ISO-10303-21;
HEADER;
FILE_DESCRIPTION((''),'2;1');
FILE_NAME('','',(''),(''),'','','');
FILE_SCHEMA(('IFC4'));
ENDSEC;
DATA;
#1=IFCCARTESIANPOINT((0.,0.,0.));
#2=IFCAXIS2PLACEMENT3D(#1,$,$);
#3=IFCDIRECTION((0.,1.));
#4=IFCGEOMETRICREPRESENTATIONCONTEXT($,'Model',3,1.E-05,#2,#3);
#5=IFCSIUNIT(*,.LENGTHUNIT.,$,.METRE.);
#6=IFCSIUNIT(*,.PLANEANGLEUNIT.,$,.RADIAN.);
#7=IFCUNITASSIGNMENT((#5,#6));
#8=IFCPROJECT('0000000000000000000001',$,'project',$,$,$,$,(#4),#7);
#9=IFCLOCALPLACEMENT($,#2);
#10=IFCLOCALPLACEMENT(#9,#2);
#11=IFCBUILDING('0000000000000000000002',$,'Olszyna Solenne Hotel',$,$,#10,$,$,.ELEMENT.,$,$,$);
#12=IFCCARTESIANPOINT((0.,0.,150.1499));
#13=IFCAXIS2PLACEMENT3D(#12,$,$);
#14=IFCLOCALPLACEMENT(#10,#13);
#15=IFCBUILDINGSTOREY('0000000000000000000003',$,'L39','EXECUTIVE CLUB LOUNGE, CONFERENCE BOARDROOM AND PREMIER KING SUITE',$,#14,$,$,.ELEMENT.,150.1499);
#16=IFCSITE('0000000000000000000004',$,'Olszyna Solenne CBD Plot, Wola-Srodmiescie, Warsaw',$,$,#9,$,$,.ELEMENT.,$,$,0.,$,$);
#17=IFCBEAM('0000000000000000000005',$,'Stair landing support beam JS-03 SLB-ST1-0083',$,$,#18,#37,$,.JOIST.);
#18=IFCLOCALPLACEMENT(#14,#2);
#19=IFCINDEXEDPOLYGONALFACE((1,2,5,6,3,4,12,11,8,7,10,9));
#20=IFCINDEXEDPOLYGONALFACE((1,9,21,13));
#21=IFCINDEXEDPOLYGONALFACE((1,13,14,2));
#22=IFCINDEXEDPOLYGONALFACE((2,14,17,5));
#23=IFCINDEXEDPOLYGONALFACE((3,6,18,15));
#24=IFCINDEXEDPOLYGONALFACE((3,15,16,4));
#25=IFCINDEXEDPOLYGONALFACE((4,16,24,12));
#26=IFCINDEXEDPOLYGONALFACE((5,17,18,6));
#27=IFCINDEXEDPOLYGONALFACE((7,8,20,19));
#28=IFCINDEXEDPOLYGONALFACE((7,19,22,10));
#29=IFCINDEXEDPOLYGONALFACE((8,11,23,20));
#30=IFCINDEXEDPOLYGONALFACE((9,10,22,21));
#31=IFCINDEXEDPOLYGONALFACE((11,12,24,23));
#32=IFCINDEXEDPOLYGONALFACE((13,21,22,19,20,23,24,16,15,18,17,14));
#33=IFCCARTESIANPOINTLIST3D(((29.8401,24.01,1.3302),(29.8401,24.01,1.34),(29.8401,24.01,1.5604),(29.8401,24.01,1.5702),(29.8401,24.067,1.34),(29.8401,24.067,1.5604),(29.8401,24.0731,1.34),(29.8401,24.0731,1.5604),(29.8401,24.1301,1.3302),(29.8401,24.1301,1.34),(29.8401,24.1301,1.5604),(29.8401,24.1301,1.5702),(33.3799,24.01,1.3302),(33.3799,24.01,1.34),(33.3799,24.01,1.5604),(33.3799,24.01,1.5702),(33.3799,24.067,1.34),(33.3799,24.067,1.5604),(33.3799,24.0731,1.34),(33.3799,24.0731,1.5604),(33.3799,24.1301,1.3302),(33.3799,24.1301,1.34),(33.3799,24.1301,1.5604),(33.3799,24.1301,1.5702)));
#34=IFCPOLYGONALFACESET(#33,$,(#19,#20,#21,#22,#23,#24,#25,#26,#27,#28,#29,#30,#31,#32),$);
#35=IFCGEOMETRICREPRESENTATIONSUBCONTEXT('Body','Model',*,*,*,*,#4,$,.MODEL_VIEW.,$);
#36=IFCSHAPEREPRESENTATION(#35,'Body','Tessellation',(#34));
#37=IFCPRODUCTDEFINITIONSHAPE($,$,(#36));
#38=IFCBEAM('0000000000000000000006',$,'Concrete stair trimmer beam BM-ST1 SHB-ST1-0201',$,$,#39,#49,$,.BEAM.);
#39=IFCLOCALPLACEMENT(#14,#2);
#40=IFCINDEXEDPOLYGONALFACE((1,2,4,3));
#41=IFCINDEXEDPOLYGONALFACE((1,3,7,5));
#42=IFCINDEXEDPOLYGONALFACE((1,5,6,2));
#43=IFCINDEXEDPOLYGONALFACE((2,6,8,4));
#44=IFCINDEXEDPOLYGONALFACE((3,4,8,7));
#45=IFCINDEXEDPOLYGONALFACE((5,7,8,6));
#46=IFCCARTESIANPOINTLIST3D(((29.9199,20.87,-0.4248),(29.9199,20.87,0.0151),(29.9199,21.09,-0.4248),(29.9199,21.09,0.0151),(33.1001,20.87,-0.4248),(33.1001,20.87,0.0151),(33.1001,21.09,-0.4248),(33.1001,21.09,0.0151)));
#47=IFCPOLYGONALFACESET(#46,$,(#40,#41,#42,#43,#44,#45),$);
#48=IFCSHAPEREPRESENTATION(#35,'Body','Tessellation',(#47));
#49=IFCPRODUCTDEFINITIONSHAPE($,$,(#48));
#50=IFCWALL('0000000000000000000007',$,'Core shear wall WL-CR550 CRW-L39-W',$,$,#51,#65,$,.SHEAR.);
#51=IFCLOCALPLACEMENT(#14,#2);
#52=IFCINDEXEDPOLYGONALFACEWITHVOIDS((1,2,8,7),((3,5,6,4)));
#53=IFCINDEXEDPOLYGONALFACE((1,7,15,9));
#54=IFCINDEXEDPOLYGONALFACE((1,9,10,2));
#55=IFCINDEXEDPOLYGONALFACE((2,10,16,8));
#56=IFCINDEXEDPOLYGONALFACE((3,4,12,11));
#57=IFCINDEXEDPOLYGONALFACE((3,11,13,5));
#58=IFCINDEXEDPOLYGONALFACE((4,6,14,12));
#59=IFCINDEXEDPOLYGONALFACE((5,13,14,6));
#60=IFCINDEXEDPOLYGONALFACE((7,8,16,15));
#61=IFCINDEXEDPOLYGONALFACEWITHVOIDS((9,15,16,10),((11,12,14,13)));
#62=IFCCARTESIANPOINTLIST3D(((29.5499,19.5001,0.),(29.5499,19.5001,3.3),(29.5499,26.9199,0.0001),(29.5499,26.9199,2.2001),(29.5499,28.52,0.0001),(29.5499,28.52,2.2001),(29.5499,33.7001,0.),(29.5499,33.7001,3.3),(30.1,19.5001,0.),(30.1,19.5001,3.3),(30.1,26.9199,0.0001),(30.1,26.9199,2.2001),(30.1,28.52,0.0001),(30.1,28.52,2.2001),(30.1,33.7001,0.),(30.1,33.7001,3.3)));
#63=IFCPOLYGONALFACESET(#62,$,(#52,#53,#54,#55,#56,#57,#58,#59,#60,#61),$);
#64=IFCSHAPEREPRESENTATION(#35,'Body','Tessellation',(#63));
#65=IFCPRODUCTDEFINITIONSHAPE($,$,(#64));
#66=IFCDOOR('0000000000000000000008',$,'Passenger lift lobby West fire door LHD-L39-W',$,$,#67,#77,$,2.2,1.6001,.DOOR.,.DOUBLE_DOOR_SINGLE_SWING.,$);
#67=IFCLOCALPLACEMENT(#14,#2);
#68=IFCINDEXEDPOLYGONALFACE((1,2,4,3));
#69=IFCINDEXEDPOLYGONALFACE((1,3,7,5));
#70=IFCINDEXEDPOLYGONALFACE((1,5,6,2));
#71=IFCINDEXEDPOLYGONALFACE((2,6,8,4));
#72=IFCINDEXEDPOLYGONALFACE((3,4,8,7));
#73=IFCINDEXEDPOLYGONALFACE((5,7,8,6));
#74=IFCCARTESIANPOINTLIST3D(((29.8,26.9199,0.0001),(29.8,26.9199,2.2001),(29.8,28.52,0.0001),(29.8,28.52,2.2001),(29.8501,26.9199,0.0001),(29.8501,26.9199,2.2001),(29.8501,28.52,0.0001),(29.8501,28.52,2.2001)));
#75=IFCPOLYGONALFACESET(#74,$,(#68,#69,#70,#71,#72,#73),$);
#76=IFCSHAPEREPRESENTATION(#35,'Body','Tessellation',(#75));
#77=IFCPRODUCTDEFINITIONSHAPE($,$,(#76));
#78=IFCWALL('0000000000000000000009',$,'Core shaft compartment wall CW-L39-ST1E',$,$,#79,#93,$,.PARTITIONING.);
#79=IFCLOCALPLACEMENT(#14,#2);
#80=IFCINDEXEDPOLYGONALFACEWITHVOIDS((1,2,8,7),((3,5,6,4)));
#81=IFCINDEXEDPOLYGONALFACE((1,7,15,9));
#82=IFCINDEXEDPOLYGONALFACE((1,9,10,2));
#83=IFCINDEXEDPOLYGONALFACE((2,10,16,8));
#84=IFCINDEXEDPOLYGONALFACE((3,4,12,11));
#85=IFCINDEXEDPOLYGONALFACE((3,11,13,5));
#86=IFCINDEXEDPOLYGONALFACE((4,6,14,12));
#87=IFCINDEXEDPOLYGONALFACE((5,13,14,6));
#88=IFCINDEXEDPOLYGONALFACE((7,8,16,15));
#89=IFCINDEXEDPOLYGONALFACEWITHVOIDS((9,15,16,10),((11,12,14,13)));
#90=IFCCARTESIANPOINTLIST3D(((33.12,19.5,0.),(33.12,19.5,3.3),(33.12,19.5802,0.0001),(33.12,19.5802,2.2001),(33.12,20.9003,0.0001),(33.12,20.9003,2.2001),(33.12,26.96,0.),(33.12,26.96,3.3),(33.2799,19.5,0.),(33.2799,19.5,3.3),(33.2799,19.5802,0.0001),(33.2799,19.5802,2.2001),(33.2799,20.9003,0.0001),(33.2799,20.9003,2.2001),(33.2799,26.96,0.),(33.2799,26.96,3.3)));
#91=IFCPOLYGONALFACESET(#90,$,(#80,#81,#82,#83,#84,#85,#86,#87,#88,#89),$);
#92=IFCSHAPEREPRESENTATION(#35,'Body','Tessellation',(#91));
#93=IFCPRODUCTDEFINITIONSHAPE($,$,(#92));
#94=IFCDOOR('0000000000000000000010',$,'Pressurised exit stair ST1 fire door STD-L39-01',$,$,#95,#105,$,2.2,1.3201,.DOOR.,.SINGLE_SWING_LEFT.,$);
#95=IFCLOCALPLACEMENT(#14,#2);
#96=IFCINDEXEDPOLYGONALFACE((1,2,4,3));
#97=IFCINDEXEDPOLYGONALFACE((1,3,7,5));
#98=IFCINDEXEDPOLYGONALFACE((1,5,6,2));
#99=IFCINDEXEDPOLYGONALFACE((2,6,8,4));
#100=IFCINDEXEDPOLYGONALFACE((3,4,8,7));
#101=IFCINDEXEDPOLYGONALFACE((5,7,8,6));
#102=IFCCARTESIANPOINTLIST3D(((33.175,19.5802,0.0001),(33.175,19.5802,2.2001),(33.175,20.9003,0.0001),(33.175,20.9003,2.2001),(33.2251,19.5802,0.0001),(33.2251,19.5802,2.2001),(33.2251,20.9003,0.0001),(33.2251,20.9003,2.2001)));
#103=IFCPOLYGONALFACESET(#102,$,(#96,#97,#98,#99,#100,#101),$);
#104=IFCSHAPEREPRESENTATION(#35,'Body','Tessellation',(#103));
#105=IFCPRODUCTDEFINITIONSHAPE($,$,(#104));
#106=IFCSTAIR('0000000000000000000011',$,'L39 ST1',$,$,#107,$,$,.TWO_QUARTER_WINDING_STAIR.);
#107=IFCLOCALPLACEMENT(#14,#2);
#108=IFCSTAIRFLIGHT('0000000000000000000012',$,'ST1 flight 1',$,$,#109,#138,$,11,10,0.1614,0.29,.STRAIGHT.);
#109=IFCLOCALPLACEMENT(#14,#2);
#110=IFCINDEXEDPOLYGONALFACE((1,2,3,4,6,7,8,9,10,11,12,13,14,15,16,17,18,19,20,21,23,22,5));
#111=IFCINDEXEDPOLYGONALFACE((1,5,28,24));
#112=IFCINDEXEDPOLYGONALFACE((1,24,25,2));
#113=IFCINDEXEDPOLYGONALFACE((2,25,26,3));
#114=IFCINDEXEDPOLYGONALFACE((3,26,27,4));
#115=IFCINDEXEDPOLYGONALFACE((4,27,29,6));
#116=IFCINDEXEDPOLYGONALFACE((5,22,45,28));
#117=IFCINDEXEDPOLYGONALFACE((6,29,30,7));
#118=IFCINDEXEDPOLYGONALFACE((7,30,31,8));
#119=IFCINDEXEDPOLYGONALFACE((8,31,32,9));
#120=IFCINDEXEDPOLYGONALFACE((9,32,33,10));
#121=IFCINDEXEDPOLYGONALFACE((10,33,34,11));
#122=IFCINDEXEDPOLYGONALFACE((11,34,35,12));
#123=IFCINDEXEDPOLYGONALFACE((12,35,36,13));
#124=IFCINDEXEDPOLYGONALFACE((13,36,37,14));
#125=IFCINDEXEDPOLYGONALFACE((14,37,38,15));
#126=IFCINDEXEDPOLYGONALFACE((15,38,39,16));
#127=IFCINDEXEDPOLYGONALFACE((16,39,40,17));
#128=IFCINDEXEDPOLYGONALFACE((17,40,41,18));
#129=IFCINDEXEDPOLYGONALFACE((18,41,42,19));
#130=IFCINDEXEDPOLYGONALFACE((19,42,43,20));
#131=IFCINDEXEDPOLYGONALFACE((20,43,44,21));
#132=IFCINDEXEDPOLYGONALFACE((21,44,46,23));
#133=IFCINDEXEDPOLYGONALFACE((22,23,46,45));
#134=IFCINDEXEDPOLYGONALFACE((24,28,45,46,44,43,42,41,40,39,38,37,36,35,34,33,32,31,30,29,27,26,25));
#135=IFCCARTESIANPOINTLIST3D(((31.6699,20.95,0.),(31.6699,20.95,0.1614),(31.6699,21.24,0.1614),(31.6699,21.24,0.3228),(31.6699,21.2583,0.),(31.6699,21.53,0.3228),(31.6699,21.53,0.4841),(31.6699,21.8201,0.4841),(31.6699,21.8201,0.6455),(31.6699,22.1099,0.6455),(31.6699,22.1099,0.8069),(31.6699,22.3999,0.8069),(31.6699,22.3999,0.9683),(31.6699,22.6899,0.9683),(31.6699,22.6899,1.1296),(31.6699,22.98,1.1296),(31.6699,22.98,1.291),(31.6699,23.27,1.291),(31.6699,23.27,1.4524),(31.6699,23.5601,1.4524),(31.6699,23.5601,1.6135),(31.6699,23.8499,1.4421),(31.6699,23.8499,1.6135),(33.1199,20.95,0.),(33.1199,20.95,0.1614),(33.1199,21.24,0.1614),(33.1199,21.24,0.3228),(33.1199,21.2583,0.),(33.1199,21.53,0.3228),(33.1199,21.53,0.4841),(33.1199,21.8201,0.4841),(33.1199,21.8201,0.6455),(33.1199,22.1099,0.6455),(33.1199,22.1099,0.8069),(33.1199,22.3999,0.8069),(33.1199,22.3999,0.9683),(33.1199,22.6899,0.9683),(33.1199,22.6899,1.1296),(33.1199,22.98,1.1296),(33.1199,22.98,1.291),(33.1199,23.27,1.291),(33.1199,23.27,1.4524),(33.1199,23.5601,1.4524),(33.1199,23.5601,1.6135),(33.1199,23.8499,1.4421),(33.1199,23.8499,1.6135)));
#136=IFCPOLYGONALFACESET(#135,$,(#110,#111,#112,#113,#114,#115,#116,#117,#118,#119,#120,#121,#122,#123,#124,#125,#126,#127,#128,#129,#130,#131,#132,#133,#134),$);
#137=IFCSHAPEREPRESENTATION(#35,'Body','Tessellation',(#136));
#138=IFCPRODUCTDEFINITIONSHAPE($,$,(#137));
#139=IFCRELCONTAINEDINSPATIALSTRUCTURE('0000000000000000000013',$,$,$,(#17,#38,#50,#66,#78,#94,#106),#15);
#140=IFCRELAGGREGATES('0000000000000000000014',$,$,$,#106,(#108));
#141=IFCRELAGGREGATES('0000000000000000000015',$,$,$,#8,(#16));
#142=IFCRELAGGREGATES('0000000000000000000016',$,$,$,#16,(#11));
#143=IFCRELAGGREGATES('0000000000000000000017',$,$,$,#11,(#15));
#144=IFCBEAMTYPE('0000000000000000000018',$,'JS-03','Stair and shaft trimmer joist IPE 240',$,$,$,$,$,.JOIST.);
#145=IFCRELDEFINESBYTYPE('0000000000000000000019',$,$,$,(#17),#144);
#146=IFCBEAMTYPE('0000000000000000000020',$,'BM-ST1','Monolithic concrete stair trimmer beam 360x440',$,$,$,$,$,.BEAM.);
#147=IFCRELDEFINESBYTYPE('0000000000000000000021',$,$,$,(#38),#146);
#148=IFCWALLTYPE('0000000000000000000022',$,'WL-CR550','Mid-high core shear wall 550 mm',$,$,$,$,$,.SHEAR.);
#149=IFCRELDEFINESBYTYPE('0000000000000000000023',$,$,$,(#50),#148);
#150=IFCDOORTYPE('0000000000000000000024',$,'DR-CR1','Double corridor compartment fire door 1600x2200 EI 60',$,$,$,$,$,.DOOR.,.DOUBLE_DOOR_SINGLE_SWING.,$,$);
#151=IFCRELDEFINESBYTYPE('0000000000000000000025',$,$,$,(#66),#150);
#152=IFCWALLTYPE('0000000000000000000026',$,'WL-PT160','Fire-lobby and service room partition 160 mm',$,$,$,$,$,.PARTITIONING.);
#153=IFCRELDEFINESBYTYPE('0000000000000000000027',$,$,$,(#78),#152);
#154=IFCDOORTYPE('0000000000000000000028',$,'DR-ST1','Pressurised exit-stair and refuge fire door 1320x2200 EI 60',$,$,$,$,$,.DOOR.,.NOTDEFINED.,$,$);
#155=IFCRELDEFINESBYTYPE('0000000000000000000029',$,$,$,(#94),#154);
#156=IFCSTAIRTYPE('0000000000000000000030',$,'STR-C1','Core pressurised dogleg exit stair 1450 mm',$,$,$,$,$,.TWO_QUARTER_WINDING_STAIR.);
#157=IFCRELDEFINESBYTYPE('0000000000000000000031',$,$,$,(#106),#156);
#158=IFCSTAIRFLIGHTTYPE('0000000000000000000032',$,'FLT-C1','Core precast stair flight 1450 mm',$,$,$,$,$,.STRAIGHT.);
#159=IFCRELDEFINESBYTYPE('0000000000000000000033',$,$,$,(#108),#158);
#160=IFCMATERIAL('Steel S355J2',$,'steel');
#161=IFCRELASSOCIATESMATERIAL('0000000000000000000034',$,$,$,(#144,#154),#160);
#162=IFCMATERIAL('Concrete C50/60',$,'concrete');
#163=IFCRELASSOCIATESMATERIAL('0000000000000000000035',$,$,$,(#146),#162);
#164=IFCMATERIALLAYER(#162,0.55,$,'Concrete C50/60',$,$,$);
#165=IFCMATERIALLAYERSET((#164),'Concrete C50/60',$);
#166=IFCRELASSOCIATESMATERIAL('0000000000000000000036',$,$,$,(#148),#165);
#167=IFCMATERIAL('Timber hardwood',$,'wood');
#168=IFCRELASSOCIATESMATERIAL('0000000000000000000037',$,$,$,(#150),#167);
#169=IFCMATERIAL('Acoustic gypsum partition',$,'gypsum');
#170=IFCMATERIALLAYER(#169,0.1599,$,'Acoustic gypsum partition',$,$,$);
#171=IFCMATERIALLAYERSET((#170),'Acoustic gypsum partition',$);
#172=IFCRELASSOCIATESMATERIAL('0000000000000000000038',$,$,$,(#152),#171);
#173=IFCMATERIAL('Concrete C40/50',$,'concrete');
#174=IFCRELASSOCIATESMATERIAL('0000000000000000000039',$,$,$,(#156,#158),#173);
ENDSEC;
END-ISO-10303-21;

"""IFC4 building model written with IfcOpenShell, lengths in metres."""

from ifc_helpers import new_model, si_unit, direction, frame, frame_2d, origin, origin_2d, place, context, subcontext, project, spatial, polyline, rectangle, i_section, outline, extrude, source, transform, mapped, material, layer, layer_set, material_profile, profile_set, type_object, type_shapes, element, fill, aggregate, save


model = new_model("IFC4")

# Units and contexts
model_context = context("Model", 3, precision=1e-05, world=origin(), true_north=direction((0.0, 1.0)))
body_context = subcontext(model_context, "Body", "Model", "MODEL_VIEW")
ifc_project = project(units=[si_unit("LENGTHUNIT", "METRE"), si_unit("PLANEANGLEUNIT", "RADIAN")], contexts=[model_context])

# Site, building, storey
site_placement = place(None, origin())
site = spatial("IfcSite", under=ifc_project, at=site_placement, Name="Olszyna Solenne CBD Plot, Wola-Srodmiescie, Warsaw", CompositionType="ELEMENT", RefElevation=0.0)
building_placement = place(site_placement, origin())
building = spatial("IfcBuilding", under=site, at=building_placement, Name="Olszyna Solenne Hotel", CompositionType="ELEMENT")
storey_placement = place(building_placement, frame((0.0, 0.0, 150.1499)))
storey = spatial("IfcBuildingStorey", under=building, at=storey_placement, Name="L39", Description="EXECUTIVE CLUB LOUNGE, CONFERENCE BOARDROOM AND PREMIER KING SUITE", CompositionType="ELEMENT", Elevation=150.1499)

# Beams
ifc_material_1 = material(Name="Steel S355J2", Category="steel")
ifc_material_profile_1 = material_profile(ifc_material_1, i_section(OverallWidth=0.1201, OverallDepth=0.24, WebThickness=0.0061, FlangeThickness=0.0098, at=origin_2d()), Name="IPE 240", Category="load-bearing")
ifc_profile_set_1 = profile_set([ifc_material_profile_1], Name="Steel S355J2")
beam_type_1 = type_object("IfcBeamType", Name="JS-03", Description="Stair and shaft trimmer joist IPE 240", PredefinedType="JOIST", material=ifc_profile_set_1)
shared_shape_1 = source(origin(), body_context, "Body", "SweptSolid", [
    extrude(i_section(OverallWidth=0.1201, OverallDepth=0.24, WebThickness=0.0061, FlangeThickness=0.0098, at=origin_2d()), origin(), (0.0, 0.0, 1.0), 3.5398),
])
beam_1_placement = place(storey_placement, frame((33.3799, 24.0701, 1.4502), z_axis=(-1.0, 0.0, 0.0), x_axis=(0.0, -1.0, 0.0)))
element("IfcBeam", 1, at=beam_1_placement, inside=storey, type_object=beam_type_1, Name="Stair landing support beam JS-03 SLB-ST1-0083", PredefinedType="JOIST", context=body_context, shape_type="MappedRepresentation", body=[
    mapped(shared_shape_1, transform((0.0, 0.0, 0.0), x_axis=(1.0, 0.0, 0.0), y_axis=(0.0, 1.0, 0.0), z_axis=(0.0, 0.0, 1.0), scale=1.0)),
])
ifc_material_2 = material(Name="Concrete C50/60", Category="concrete")
ifc_material_profile_2 = material_profile(ifc_material_2, rectangle(XDim=0.22, YDim=0.4399, at=origin_2d()), Name="RC 220x440", Category="load-bearing")
ifc_profile_set_2 = profile_set([ifc_material_profile_2], Name="Concrete C50/60")
beam_type_2 = type_object("IfcBeamType", Name="BM-ST1", Description="Monolithic concrete stair trimmer beam 360x440", PredefinedType="BEAM", material=ifc_profile_set_2)
shared_shape_2 = source(origin(), body_context, "Body", "SweptSolid", [
    extrude(rectangle(XDim=0.22, YDim=0.4399, at=origin_2d()), origin(), (0.0, 0.0, 1.0), 3.1802),
])
beam_2_placement = place(storey_placement, frame((33.1001, 20.98, -0.2048), z_axis=(-1.0, 0.0, 0.0), x_axis=(0.0, -1.0, 0.0)))
element("IfcBeam", 2, at=beam_2_placement, inside=storey, type_object=beam_type_2, Name="Concrete stair trimmer beam BM-ST1 SHB-ST1-0201", PredefinedType="BEAM", context=body_context, shape_type="MappedRepresentation", body=[
    mapped(shared_shape_2, transform((0.0, 0.0, 0.0), x_axis=(1.0, 0.0, 0.0), y_axis=(0.0, 1.0, 0.0), z_axis=(0.0, 0.0, 1.0), scale=1.0)),
])

# Walls, openings, doors
ifc_layer_1 = layer(ifc_material_2, 0.55, Name="Concrete C50/60")
ifc_layer_set_1 = layer_set([ifc_layer_1], Name="Concrete C50/60")
wall_type_1 = type_object("IfcWallType", Name="WL-CR550", Description="Mid-high core shear wall 550 mm", PredefinedType="SHEAR", material=ifc_layer_set_1)
wall_1_placement = place(storey_placement, frame((29.825, 19.5, 0.0), z_axis=(0.0, 0.0, 1.0), x_axis=(0.0, 1.0, 0.0)))
wall_1 = element("IfcWall", 3, at=wall_1_placement, inside=storey, type_object=wall_type_1, Name="Core shear wall WL-CR550 CRW-L39-W", PredefinedType="SHEAR", context=body_context, shape_type="SweptSolid", body=[
    extrude(rectangle(XDim=14.2, YDim=0.55, at=frame_2d((7.1001, 0.0))), origin(), (0.0, 0.0, 1.0), 3.3),
])
opening_1_placement = place(wall_1_placement, frame((7.4199, 0.0, 0.0)))
opening_1 = element("IfcOpeningElement", 4, at=opening_1_placement, cuts=wall_1, PredefinedType="OPENING", context=body_context, shape_type="SweptSolid", body=[
    extrude(rectangle(XDim=1.6001, YDim=2.2, at=frame_2d((0.8, 1.1001))), frame((0.0, 0.2852, 0.0), z_axis=(0.0, -1.0, 0.0), x_axis=(1.0, 0.0, 0.0)), (0.0, 0.0, 1.0), 0.5701),
])
ifc_material_3 = material(Name="Timber hardwood", Category="wood")
door_type_1 = type_object("IfcDoorType", Name="DR-CR1", Description="Double corridor compartment fire door 1600x2200 EI 60", OperationType="DOUBLE_DOOR_SINGLE_SWING", PredefinedType="DOOR", material=ifc_material_3)
shared_shape_3 = source(origin(), body_context, "Body", "SweptSolid", [
    extrude(rectangle(XDim=1.6001, YDim=2.2, at=frame_2d((0.8, 1.1001))), frame((0.0, 0.0249, 0.0), z_axis=(0.0, -1.0, 0.0), x_axis=(1.0, 0.0, 0.0)), (0.0, 0.0, 1.0), 0.05),
])
type_shapes(door_type_1, [shared_shape_3])
door_1_placement = place(opening_1_placement, origin())
door_1 = element("IfcDoor", 5, at=door_1_placement, inside=storey, type_object=door_type_1, Name="Passenger lift lobby West fire door LHD-L39-W", OperationType="DOUBLE_DOOR_SINGLE_SWING", OverallHeight=2.2, OverallWidth=1.6001, PredefinedType="DOOR", context=body_context, shape_type="MappedRepresentation", body=[
    mapped(shared_shape_3, transform((0.0, 0.0, 0.0), x_axis=(1.0, 0.0, 0.0), y_axis=(0.0, 1.0, 0.0), z_axis=(0.0, 0.0, 1.0), scale=1.0)),
])
fill(opening_1, door_1)
ifc_material_4 = material(Name="Acoustic gypsum partition", Category="gypsum")
ifc_layer_2 = layer(ifc_material_4, 0.1599, Name="Acoustic gypsum partition")
ifc_layer_set_2 = layer_set([ifc_layer_2], Name="Acoustic gypsum partition")
wall_type_2 = type_object("IfcWallType", Name="WL-PT160", Description="Fire-lobby and service room partition 160 mm", PredefinedType="PARTITIONING", material=ifc_layer_set_2)
wall_2_placement = place(storey_placement, frame((33.2, 19.5, 0.0), z_axis=(0.0, 0.0, 1.0), x_axis=(0.0, 1.0, 0.0)))
wall_2 = element("IfcWall", 6, at=wall_2_placement, inside=storey, type_object=wall_type_2, Name="Core shaft compartment wall CW-L39-ST1E", PredefinedType="PARTITIONING", context=body_context, shape_type="SweptSolid", body=[
    extrude(rectangle(XDim=7.46, YDim=0.1599, at=frame_2d((3.73, 0.0))), origin(), (0.0, 0.0, 1.0), 3.3),
])
opening_2_placement = place(wall_2_placement, frame((0.0801, 0.0, 0.0)))
opening_2 = element("IfcOpeningElement", 7, at=opening_2_placement, cuts=wall_2, PredefinedType="OPENING", context=body_context, shape_type="SweptSolid", body=[
    extrude(rectangle(XDim=1.3201, YDim=2.2, at=frame_2d((0.6602, 1.1001))), frame((0.0, 0.0898, 0.0), z_axis=(0.0, -1.0, 0.0), x_axis=(1.0, 0.0, 0.0)), (0.0, 0.0, 1.0), 0.1799),
])
door_type_2 = type_object("IfcDoorType", Name="DR-ST1", Description="Pressurised exit-stair and refuge fire door 1320x2200 EI 60", OperationType="NOTDEFINED", PredefinedType="DOOR", material=ifc_material_1)
shared_shape_4 = source(origin(), body_context, "Body", "SweptSolid", [
    extrude(rectangle(XDim=1.3201, YDim=2.2, at=frame_2d((0.6602, 1.1001))), frame((0.0, 0.0249, 0.0), z_axis=(0.0, -1.0, 0.0), x_axis=(1.0, 0.0, 0.0)), (0.0, 0.0, 1.0), 0.05),
])
type_shapes(door_type_2, [shared_shape_4])
door_2_placement = place(opening_2_placement, origin())
door_2 = element("IfcDoor", 8, at=door_2_placement, inside=storey, type_object=door_type_2, Name="Pressurised exit stair ST1 fire door STD-L39-01", OperationType="SINGLE_SWING_LEFT", OverallHeight=2.2, OverallWidth=1.3201, PredefinedType="DOOR", context=body_context, shape_type="MappedRepresentation", body=[
    mapped(shared_shape_4, transform((0.0, 0.0, 0.0), x_axis=(1.0, 0.0, 0.0), y_axis=(0.0, 1.0, 0.0), z_axis=(0.0, 0.0, 1.0), scale=1.0)),
])
fill(opening_2, door_2)

# Stair, stair flight
ifc_material_5 = material(Name="Concrete C40/50", Category="concrete")
stair_type = type_object("IfcStairType", Name="STR-C1", Description="Core pressurised dogleg exit stair 1450 mm", PredefinedType="TWO_QUARTER_WINDING_STAIR", material=ifc_material_5)
stair_placement = place(storey_placement, origin())
stair = element("IfcStair", 9, at=stair_placement, inside=storey, type_object=stair_type, Name="L39 ST1", PredefinedType="TWO_QUARTER_WINDING_STAIR")
stair_flight_type = type_object("IfcStairFlightType", Name="FLT-C1", Description="Core precast stair flight 1450 mm", PredefinedType="STRAIGHT", material=ifc_material_5)
stair_flight_1_placement = place(storey_placement, frame((32.395, 20.95, 0.0), z_axis=(0.0, 0.0, 1.0), x_axis=(0.0, 1.0, 0.0)))
stair_flight_1 = element("IfcStairFlight", 10, at=stair_flight_1_placement, type_object=stair_flight_type, Name="ST1 flight 1", NumberOfRisers=11, NumberOfTreads=10, PredefinedType="STRAIGHT", RiserHeight=0.1614, TreadLength=0.29, context=body_context, shape_type="SweptSolid", body=[
    extrude(outline(polyline([(0.0, 0.0), (0.0, 0.1614), (0.29, 0.1614), (0.29, 0.3228), (0.5801, 0.3228), (0.5801, 0.4841), (0.8701, 0.4841), (0.8701, 0.6455), (1.1599, 0.6455), (1.1599, 0.8069), (1.45, 0.8069), (1.45, 0.9683), (1.74, 0.9683), (1.74, 1.1296), (2.03, 1.1296), (2.03, 1.291), (2.3201, 1.291), (2.3201, 1.4524), (2.6101, 1.4524), (2.6101, 1.6135), (2.8999, 1.6135), (2.8999, 1.7749), (2.8999, 1.4421), (0.3083, 0.0), (0.0, 0.0)])), frame((0.0, 0.7251, 0.0), z_axis=(0.0, -1.0, 0.0), x_axis=(1.0, 0.0, 0.0)), (0.0, 0.0, 1.0), 1.45),
])
aggregate(stair, [stair_flight_1])

save(model, "model.ifc")
